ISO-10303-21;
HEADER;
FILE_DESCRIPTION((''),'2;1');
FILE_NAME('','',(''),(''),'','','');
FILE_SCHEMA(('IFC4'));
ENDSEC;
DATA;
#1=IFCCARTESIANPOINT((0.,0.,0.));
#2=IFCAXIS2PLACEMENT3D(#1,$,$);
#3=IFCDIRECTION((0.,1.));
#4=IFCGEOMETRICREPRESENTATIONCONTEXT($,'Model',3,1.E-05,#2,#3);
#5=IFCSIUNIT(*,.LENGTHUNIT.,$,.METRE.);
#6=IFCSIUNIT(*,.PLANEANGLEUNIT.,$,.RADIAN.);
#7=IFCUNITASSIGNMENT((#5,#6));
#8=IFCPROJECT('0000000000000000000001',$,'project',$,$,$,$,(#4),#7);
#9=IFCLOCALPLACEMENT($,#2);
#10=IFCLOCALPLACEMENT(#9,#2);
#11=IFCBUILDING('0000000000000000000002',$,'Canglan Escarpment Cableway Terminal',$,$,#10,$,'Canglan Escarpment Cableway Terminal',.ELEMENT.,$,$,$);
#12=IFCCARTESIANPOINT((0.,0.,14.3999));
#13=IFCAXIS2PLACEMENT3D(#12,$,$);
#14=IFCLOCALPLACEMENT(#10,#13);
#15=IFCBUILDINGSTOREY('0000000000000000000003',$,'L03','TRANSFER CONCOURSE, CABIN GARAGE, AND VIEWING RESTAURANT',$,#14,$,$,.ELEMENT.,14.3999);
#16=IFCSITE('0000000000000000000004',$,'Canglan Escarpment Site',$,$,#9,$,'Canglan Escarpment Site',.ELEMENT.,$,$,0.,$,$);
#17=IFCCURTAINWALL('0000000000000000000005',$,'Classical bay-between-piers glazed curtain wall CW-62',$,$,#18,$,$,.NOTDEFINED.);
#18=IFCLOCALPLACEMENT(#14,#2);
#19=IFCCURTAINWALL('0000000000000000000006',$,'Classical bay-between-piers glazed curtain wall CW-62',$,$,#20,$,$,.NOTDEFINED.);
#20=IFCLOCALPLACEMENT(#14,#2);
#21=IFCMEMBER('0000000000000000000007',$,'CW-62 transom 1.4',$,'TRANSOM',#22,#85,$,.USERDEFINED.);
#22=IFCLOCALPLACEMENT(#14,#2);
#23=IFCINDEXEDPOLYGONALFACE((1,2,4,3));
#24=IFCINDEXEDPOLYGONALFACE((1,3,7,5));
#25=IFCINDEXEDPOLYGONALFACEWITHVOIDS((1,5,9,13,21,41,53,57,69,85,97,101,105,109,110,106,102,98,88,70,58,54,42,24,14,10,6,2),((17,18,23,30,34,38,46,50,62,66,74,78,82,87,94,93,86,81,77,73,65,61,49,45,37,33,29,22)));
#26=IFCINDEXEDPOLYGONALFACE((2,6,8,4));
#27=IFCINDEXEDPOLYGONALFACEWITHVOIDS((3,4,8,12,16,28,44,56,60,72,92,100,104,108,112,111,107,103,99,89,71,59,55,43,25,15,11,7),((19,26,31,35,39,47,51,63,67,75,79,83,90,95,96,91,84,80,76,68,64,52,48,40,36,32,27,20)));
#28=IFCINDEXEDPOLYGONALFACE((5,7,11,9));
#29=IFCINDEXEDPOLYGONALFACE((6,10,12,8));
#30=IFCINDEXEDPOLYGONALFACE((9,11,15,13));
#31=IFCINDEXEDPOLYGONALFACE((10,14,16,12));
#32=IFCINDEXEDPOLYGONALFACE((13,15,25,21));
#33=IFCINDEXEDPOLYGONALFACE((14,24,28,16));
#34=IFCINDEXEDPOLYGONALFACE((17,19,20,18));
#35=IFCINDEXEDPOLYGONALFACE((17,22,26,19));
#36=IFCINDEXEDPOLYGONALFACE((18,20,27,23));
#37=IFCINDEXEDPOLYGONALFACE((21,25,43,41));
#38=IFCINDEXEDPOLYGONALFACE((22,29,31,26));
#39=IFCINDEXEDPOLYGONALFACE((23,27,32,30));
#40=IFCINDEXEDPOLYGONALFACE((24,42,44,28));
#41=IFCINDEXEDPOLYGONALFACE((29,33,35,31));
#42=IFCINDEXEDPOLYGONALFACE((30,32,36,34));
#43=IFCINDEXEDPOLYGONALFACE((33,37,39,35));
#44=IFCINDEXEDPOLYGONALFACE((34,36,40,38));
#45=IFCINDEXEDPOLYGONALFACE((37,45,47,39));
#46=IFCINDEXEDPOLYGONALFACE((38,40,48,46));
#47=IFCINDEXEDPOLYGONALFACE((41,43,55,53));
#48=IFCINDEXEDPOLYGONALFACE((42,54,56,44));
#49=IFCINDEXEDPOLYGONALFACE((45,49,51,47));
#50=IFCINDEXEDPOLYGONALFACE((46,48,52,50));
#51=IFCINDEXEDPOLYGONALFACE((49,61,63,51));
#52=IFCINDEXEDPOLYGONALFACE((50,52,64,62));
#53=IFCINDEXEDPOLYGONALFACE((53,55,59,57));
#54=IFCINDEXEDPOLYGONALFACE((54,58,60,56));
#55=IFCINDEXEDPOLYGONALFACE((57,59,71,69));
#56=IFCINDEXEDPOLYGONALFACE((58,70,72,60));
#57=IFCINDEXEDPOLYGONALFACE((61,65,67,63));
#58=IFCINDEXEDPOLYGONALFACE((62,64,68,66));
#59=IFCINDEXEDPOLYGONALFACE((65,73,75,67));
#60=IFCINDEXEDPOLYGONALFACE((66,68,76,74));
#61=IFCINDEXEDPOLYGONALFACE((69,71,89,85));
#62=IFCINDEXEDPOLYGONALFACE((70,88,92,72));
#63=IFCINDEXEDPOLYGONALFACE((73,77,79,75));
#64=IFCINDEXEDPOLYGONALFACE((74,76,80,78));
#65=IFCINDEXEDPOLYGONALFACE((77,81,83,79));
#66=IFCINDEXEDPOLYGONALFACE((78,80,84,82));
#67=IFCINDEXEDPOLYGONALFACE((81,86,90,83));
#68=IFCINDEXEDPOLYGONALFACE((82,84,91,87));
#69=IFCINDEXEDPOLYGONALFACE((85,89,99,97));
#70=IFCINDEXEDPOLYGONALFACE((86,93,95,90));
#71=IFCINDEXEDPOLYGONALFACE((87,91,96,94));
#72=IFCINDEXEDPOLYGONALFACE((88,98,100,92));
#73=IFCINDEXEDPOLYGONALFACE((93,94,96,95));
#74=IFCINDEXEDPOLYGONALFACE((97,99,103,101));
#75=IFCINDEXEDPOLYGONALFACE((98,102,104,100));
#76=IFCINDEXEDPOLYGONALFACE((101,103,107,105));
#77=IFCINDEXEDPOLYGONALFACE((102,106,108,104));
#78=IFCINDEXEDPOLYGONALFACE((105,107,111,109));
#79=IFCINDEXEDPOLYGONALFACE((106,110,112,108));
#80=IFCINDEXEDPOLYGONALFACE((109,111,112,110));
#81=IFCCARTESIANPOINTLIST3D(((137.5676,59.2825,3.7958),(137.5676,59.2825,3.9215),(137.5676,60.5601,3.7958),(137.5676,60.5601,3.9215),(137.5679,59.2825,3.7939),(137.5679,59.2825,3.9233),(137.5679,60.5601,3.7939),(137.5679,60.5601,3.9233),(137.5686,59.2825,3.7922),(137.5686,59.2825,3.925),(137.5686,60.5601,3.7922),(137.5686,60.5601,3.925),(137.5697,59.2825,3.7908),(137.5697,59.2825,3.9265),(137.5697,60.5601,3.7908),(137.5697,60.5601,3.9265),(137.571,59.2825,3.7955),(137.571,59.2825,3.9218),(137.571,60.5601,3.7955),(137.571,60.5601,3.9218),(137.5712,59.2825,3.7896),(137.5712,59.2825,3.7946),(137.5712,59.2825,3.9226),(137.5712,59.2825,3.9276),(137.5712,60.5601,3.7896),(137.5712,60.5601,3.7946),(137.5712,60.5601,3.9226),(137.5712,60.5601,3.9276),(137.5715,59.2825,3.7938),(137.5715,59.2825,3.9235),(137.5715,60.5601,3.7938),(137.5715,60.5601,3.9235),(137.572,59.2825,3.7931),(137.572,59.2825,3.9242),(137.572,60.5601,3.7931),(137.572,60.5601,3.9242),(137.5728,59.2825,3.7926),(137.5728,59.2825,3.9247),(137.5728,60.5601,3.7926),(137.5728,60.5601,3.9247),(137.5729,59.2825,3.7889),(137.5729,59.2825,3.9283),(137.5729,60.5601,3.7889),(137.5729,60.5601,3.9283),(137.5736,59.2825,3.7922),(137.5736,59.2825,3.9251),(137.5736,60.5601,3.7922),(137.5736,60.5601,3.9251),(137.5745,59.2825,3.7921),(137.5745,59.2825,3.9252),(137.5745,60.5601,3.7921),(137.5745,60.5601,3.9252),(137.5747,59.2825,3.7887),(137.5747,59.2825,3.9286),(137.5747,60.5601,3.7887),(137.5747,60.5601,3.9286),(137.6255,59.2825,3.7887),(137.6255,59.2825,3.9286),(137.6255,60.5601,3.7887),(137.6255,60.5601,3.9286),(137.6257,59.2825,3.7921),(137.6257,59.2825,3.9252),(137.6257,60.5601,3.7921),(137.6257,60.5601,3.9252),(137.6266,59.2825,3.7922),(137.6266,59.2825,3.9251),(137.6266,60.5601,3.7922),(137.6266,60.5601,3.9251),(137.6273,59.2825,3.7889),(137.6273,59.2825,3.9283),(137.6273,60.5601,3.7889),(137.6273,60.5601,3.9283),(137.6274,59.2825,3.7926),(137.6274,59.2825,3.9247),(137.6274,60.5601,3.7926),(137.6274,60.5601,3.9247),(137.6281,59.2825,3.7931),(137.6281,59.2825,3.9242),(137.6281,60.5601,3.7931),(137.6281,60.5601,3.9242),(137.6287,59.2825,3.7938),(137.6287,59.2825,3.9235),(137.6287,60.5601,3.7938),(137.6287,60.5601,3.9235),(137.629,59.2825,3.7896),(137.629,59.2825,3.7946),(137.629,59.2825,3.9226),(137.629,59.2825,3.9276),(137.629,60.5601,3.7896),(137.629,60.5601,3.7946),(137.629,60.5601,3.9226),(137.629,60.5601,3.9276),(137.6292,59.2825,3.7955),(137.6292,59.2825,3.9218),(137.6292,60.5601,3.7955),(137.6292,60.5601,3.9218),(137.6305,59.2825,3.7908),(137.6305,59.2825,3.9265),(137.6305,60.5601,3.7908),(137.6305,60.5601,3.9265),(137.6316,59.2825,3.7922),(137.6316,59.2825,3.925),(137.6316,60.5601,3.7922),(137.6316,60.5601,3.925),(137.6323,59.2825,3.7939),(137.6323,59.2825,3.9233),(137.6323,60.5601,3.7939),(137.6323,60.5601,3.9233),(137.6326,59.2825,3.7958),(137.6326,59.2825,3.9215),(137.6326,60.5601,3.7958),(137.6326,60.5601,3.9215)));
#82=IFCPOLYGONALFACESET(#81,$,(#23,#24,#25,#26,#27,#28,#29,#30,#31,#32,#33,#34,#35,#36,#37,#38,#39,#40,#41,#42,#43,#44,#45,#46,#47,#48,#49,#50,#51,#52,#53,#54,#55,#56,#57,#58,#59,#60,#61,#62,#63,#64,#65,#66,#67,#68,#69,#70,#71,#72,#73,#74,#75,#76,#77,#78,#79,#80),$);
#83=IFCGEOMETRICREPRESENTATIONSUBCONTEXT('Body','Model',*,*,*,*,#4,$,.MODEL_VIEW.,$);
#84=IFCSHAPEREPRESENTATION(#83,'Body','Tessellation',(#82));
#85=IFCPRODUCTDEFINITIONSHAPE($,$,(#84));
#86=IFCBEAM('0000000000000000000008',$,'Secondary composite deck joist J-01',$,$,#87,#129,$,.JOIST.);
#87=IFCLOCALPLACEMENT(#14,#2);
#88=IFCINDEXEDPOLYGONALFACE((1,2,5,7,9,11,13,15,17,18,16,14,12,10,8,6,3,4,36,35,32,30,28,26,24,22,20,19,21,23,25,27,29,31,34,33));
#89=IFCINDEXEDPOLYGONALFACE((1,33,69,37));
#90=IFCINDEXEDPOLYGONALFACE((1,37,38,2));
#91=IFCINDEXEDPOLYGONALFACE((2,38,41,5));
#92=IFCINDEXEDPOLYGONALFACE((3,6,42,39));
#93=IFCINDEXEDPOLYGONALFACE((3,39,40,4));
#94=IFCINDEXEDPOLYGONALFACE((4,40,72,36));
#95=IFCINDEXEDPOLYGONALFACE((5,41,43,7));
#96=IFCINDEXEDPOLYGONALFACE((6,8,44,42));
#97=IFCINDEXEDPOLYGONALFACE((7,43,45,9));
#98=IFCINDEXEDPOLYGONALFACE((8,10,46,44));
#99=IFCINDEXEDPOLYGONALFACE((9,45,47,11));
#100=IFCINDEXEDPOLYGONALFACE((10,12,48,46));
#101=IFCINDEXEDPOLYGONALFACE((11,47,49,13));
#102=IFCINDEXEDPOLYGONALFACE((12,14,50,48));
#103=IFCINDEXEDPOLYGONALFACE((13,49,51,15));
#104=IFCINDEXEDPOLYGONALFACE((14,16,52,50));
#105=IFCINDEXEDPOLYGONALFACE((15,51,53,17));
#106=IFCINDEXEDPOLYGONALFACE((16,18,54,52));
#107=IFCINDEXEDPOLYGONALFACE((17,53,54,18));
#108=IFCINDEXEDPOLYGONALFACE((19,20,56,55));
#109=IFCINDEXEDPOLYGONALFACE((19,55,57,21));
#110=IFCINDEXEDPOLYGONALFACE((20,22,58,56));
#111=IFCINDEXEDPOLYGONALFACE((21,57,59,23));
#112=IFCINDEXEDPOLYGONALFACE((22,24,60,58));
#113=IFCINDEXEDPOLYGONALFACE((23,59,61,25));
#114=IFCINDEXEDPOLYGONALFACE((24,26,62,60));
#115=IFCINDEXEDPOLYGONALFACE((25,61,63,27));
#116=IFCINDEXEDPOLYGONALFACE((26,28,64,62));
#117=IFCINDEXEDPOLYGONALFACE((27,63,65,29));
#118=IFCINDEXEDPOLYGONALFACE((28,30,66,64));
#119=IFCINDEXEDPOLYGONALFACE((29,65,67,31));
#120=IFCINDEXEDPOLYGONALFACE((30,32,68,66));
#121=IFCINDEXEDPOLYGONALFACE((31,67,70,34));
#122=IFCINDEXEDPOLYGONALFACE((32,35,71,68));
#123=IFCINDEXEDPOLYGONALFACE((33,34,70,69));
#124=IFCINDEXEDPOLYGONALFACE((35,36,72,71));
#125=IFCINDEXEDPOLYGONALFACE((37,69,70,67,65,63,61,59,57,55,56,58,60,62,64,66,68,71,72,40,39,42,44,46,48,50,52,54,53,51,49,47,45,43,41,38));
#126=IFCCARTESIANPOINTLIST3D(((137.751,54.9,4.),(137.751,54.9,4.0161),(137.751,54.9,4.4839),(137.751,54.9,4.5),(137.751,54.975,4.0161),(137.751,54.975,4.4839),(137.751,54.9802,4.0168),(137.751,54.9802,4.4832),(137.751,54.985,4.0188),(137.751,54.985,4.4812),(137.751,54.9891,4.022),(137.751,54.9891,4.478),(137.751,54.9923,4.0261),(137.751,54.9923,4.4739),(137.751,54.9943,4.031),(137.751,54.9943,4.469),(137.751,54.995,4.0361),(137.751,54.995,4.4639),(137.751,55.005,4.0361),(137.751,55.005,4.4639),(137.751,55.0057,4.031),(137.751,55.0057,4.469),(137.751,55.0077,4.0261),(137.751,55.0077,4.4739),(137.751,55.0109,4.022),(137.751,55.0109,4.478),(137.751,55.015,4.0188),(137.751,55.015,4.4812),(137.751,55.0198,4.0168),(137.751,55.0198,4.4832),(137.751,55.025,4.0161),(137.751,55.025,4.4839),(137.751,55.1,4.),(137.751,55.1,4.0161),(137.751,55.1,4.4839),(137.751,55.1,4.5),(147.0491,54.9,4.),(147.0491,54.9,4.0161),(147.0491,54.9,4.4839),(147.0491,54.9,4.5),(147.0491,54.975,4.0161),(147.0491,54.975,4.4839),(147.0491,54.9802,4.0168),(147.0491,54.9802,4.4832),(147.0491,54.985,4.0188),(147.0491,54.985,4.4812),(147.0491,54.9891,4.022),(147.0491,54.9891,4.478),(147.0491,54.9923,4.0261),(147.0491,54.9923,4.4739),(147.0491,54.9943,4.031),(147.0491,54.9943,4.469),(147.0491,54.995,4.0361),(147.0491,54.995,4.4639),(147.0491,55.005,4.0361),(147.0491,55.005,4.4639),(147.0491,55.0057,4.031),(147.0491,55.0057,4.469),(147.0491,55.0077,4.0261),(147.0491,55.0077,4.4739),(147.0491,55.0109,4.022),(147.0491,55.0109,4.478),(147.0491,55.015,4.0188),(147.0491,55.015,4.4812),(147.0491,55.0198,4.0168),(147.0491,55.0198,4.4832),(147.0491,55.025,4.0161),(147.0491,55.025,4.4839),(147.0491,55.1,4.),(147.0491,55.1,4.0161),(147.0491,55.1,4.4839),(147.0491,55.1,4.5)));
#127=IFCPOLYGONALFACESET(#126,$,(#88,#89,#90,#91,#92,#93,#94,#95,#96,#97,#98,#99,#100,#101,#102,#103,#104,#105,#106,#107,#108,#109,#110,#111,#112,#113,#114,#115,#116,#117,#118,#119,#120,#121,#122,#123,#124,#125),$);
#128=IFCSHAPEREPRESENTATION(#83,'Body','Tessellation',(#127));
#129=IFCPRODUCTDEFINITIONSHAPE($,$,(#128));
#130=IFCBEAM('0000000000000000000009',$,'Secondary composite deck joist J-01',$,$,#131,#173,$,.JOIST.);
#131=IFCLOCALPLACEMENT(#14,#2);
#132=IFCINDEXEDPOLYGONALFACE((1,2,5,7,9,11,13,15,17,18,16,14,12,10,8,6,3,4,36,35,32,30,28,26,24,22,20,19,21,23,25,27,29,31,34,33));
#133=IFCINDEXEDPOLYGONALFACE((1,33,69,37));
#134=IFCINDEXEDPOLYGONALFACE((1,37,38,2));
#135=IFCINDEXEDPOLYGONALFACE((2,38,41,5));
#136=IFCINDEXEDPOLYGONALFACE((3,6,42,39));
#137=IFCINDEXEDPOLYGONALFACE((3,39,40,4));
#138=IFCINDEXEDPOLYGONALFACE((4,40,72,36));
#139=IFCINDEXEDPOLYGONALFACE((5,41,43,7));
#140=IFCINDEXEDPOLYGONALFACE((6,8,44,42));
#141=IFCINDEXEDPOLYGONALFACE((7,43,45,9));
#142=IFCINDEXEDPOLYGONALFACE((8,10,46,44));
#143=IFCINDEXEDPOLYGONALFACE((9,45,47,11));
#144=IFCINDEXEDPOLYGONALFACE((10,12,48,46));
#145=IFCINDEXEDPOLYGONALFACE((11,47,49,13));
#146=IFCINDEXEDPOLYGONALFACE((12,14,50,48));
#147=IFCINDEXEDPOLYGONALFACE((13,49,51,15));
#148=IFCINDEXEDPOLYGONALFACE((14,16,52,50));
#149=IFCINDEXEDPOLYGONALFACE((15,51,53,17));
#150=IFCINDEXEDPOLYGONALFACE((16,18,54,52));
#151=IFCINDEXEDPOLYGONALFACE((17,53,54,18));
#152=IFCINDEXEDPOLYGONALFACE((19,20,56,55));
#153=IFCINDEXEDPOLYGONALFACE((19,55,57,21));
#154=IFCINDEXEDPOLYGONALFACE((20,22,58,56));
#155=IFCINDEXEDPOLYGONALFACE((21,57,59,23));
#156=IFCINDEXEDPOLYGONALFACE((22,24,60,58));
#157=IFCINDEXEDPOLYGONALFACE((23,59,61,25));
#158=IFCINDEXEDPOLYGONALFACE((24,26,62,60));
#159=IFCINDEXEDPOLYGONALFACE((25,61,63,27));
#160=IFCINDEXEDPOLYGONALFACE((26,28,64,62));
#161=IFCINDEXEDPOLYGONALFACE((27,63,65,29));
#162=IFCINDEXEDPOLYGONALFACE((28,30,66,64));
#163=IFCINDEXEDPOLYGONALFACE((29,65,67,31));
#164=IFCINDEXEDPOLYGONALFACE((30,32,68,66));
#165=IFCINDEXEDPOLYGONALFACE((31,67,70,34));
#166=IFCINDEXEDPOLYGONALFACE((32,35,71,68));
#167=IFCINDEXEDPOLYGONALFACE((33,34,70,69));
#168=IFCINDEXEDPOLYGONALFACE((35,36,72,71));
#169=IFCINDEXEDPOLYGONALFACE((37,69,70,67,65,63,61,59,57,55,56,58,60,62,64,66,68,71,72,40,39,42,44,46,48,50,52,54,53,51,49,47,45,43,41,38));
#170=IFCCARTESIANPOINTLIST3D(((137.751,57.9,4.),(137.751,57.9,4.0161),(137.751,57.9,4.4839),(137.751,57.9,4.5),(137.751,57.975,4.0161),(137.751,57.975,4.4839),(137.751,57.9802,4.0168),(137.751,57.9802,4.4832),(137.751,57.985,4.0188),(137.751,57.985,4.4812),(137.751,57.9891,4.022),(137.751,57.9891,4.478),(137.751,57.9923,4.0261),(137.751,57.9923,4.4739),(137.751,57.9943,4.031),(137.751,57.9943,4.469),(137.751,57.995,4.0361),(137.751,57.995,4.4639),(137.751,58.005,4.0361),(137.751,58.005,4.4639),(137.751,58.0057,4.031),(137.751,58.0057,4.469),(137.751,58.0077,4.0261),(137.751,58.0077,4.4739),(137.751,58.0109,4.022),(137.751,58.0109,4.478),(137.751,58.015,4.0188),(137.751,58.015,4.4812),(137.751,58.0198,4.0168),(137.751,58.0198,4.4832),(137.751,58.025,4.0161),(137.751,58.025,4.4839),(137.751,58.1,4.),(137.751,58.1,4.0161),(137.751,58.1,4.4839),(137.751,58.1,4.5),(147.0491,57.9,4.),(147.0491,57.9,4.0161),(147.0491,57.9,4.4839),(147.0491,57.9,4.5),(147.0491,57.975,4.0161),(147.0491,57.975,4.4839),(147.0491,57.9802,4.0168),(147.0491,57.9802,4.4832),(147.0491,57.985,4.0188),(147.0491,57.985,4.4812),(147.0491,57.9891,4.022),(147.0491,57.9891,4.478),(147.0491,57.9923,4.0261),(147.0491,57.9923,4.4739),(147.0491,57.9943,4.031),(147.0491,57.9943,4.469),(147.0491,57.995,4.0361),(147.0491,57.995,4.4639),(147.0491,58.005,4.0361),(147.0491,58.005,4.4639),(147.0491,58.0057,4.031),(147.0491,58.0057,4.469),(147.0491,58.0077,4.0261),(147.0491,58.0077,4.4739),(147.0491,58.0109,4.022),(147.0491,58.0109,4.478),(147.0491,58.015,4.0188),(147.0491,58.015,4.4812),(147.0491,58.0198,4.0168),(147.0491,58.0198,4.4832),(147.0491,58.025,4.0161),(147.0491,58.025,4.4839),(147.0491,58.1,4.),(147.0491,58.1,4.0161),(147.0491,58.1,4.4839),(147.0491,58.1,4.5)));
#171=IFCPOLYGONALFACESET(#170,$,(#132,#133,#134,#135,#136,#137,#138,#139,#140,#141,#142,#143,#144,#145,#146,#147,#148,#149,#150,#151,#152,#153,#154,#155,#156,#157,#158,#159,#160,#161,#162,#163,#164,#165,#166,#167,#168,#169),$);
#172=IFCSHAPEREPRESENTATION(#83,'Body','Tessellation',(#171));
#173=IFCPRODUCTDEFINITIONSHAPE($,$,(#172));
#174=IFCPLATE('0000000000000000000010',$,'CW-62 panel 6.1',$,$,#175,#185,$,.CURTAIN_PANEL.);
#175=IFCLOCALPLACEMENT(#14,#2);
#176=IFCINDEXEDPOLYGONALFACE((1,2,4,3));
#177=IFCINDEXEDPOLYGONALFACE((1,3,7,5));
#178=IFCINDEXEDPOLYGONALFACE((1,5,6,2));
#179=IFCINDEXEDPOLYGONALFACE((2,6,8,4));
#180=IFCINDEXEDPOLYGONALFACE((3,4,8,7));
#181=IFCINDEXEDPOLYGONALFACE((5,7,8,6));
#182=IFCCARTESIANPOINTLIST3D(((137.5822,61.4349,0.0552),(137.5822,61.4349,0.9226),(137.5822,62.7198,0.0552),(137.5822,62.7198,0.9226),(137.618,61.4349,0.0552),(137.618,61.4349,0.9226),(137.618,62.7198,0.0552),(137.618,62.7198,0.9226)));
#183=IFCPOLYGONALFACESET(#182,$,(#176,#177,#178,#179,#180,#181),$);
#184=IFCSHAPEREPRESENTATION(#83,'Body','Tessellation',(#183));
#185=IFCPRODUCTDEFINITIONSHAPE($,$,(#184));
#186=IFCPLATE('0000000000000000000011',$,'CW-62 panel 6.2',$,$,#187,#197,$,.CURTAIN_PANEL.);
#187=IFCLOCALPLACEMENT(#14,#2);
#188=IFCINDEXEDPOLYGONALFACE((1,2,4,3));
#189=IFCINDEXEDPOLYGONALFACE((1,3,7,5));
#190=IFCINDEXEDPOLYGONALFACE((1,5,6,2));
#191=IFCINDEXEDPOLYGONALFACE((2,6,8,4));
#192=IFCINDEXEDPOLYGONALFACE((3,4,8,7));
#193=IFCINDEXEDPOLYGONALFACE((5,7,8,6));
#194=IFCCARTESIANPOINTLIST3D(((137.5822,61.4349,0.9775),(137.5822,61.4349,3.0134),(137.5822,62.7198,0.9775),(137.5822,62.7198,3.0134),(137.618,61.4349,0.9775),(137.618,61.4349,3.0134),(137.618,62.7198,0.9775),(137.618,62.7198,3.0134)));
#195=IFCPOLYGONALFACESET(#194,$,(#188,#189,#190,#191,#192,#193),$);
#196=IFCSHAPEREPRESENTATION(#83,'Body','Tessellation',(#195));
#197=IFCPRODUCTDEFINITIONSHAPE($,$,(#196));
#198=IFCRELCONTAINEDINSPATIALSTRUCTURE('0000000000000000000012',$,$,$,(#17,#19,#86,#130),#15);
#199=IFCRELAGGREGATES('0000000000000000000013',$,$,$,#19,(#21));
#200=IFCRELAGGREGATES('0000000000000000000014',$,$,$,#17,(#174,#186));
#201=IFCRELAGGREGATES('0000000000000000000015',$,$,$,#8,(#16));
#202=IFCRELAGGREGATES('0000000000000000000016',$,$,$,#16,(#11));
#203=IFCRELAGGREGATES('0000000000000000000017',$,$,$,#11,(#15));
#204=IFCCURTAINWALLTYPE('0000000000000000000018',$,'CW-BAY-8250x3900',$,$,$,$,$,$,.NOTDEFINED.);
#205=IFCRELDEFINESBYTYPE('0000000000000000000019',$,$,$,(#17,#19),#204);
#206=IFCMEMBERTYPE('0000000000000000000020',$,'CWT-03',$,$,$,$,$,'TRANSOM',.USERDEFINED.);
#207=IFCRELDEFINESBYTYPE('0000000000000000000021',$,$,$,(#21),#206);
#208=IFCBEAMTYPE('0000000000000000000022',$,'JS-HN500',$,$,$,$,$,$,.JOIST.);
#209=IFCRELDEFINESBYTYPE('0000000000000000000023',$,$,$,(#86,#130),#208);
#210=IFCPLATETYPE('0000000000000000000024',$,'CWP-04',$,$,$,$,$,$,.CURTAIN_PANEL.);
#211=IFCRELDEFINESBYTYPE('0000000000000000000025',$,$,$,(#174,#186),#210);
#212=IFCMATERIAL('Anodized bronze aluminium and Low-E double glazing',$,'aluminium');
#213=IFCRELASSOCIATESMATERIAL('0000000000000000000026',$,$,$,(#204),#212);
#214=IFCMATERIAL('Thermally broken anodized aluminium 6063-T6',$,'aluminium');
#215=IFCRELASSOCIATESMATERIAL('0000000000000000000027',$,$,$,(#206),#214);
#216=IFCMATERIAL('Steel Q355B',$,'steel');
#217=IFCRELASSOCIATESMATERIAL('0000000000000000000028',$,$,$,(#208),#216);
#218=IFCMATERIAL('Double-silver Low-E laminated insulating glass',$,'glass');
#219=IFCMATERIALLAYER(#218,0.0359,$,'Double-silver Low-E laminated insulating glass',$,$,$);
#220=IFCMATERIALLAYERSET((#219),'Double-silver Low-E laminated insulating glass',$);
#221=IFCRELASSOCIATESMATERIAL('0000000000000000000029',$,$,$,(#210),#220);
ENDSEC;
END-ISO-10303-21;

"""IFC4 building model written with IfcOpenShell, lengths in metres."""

from ifc_helpers import new_model, si_unit, direction, frame, origin, origin_2d, place, context, subcontext, project, spatial, rectangle, hollow_rectangle, i_section, extrude, material, layer, layer_set, material_profile, profile_set, type_object, element, aggregate, save


model = new_model("IFC4")

# Units and contexts
model_context = context("Model", 3, precision=1e-05, world=origin(), true_north=direction((0.0, 1.0)))
body_context = subcontext(model_context, "Body", "Model", "MODEL_VIEW")
ifc_project = project(units=[si_unit("LENGTHUNIT", "METRE"), si_unit("PLANEANGLEUNIT", "RADIAN")], contexts=[model_context])

# Site, building, storey
site_placement = place(None, origin())
site = spatial("IfcSite", under=ifc_project, at=site_placement, Name="Canglan Escarpment Site", LongName="Canglan Escarpment Site", CompositionType="ELEMENT", RefElevation=0.0)
building_placement = place(site_placement, origin())
building = spatial("IfcBuilding", under=site, at=building_placement, Name="Canglan Escarpment Cableway Terminal", LongName="Canglan Escarpment Cableway Terminal", CompositionType="ELEMENT")
storey_placement = place(building_placement, frame((0.0, 0.0, 14.3999)))
storey = spatial("IfcBuildingStorey", under=building, at=storey_placement, Name="L03", Description="TRANSFER CONCOURSE, CABIN GARAGE, AND VIEWING RESTAURANT", CompositionType="ELEMENT", Elevation=14.3999)

# Curtain wall
ifc_material_1 = material(Name="Anodized bronze aluminium and Low-E double glazing", Category="aluminium")
curtain_wall_type = type_object("IfcCurtainWallType", Name="CW-BAY-8250x3900", PredefinedType="NOTDEFINED", material=ifc_material_1)
curtain_wall_1_placement = place(storey_placement, origin())
curtain_wall_1 = element("IfcCurtainWall", 1, at=curtain_wall_1_placement, inside=storey, type_object=curtain_wall_type, Name="Classical bay-between-piers glazed curtain wall CW-62", PredefinedType="NOTDEFINED")
ifc_material_2 = material(Name="Thermally broken anodized aluminium 6063-T6", Category="aluminium")

# Curtain wall
curtain_wall_2_placement = place(storey_placement, origin())
curtain_wall_2 = element("IfcCurtainWall", 2, at=curtain_wall_2_placement, inside=storey, type_object=curtain_wall_type, Name="Classical bay-between-piers glazed curtain wall CW-62", PredefinedType="NOTDEFINED")

# Member
ifc_material_profile_1 = material_profile(ifc_material_2, hollow_rectangle(XDim=0.0649, YDim=0.1399, WallThickness=0.0034, InnerFilletRadius=0.0034, OuterFilletRadius=0.0071, at=origin_2d()), Name="ALU-TRAN 65x140x3.5")
ifc_profile_set_1 = profile_set([ifc_material_profile_1], Name="Thermally broken anodized aluminium 6063-T6")
member_type_1 = type_object("IfcMemberType", Name="CWT-03", ElementType="TRANSOM", PredefinedType="USERDEFINED", material=ifc_profile_set_1)
member_1_placement = place(storey_placement, frame((137.6001, 60.5601, 3.8586), z_axis=(0.0, -1.0, 0.0), x_axis=(1.0, 0.0, 0.0)))
member_1 = element("IfcMember", 3, at=member_1_placement, type_object=member_type_1, Name="CW-62 transom 1.4", ObjectType="TRANSOM", PredefinedType="USERDEFINED", context=body_context, shape_type="SweptSolid", body=[
    extrude(hollow_rectangle(XDim=0.0649, YDim=0.1399, WallThickness=0.0034, InnerFilletRadius=0.0034, OuterFilletRadius=0.0071, at=origin_2d()), origin(), (0.0, 0.0, 1.0), 1.2776),
])
aggregate(curtain_wall_2, [member_1])

# Beams
ifc_material_3 = material(Name="Steel Q355B", Category="steel")
ifc_material_profile_2 = material_profile(ifc_material_3, i_section(OverallWidth=0.2, OverallDepth=0.5, WebThickness=0.01, FlangeThickness=0.0161, FilletRadius=0.02, at=origin_2d()), Name="HN 500x200x10x16")
ifc_profile_set_2 = profile_set([ifc_material_profile_2], Name="Steel Q355B")
beam_type_1 = type_object("IfcBeamType", Name="JS-HN500", PredefinedType="JOIST", material=ifc_profile_set_2)
for number, where, z_axis, x_axis, name in (
    (4, (137.751, 55.0, 4.25), (1.0, 0.0, 0.0), (0.0, 1.0, 0.0), "Secondary composite deck joist J-01"),
    (5, (137.751, 58.0, 4.25), (1.0, 0.0, 0.0), (0.0, 1.0, 0.0), "Secondary composite deck joist J-01"),
):
    element("IfcBeam", number, at=place(storey_placement, frame(where, z_axis=z_axis, x_axis=x_axis)), inside=storey, type_object=beam_type_1, Name=name, PredefinedType="JOIST", context=body_context, shape_type="SweptSolid", body=[
        extrude(i_section(OverallWidth=0.2, OverallDepth=0.5, WebThickness=0.01, FlangeThickness=0.0161, FilletRadius=0.02, at=origin_2d()), origin(), (0.0, 0.0, 1.0), 9.2981),
    ])

# Plates
ifc_material_4 = material(Name="Double-silver Low-E laminated insulating glass", Category="glass")
ifc_layer_1 = layer(ifc_material_4, 0.0359, Name="Double-silver Low-E laminated insulating glass")
ifc_layer_set_1 = layer_set([ifc_layer_1], Name="Double-silver Low-E laminated insulating glass")
plate_type = type_object("IfcPlateType", Name="CWP-04", PredefinedType="CURTAIN_PANEL", material=ifc_layer_set_1)
plate_1_placement = place(storey_placement, frame((137.6001, 62.0774, 0.0552), z_axis=(0.0, 0.0, 1.0), x_axis=(0.0, -1.0, 0.0)))
plate_1 = element("IfcPlate", 6, at=plate_1_placement, type_object=plate_type, Name="CW-62 panel 6.1", PredefinedType="CURTAIN_PANEL", context=body_context, shape_type="SweptSolid", body=[
    extrude(rectangle(XDim=1.2849, YDim=0.0359, at=origin_2d()), origin(), (0.0, 0.0, 1.0), 0.8674),
])
plate_2_placement = place(storey_placement, frame((137.6001, 62.0774, 0.9775), z_axis=(0.0, 0.0, 1.0), x_axis=(0.0, -1.0, 0.0)))
plate_2 = element("IfcPlate", 7, at=plate_2_placement, type_object=plate_type, Name="CW-62 panel 6.2", PredefinedType="CURTAIN_PANEL", context=body_context, shape_type="SweptSolid", body=[
    extrude(rectangle(XDim=1.2849, YDim=0.0359, at=origin_2d()), origin(), (0.0, 0.0, 1.0), 2.0359),
])
aggregate(curtain_wall_1, [plate_1, plate_2])

save(model, "model.ifc")
